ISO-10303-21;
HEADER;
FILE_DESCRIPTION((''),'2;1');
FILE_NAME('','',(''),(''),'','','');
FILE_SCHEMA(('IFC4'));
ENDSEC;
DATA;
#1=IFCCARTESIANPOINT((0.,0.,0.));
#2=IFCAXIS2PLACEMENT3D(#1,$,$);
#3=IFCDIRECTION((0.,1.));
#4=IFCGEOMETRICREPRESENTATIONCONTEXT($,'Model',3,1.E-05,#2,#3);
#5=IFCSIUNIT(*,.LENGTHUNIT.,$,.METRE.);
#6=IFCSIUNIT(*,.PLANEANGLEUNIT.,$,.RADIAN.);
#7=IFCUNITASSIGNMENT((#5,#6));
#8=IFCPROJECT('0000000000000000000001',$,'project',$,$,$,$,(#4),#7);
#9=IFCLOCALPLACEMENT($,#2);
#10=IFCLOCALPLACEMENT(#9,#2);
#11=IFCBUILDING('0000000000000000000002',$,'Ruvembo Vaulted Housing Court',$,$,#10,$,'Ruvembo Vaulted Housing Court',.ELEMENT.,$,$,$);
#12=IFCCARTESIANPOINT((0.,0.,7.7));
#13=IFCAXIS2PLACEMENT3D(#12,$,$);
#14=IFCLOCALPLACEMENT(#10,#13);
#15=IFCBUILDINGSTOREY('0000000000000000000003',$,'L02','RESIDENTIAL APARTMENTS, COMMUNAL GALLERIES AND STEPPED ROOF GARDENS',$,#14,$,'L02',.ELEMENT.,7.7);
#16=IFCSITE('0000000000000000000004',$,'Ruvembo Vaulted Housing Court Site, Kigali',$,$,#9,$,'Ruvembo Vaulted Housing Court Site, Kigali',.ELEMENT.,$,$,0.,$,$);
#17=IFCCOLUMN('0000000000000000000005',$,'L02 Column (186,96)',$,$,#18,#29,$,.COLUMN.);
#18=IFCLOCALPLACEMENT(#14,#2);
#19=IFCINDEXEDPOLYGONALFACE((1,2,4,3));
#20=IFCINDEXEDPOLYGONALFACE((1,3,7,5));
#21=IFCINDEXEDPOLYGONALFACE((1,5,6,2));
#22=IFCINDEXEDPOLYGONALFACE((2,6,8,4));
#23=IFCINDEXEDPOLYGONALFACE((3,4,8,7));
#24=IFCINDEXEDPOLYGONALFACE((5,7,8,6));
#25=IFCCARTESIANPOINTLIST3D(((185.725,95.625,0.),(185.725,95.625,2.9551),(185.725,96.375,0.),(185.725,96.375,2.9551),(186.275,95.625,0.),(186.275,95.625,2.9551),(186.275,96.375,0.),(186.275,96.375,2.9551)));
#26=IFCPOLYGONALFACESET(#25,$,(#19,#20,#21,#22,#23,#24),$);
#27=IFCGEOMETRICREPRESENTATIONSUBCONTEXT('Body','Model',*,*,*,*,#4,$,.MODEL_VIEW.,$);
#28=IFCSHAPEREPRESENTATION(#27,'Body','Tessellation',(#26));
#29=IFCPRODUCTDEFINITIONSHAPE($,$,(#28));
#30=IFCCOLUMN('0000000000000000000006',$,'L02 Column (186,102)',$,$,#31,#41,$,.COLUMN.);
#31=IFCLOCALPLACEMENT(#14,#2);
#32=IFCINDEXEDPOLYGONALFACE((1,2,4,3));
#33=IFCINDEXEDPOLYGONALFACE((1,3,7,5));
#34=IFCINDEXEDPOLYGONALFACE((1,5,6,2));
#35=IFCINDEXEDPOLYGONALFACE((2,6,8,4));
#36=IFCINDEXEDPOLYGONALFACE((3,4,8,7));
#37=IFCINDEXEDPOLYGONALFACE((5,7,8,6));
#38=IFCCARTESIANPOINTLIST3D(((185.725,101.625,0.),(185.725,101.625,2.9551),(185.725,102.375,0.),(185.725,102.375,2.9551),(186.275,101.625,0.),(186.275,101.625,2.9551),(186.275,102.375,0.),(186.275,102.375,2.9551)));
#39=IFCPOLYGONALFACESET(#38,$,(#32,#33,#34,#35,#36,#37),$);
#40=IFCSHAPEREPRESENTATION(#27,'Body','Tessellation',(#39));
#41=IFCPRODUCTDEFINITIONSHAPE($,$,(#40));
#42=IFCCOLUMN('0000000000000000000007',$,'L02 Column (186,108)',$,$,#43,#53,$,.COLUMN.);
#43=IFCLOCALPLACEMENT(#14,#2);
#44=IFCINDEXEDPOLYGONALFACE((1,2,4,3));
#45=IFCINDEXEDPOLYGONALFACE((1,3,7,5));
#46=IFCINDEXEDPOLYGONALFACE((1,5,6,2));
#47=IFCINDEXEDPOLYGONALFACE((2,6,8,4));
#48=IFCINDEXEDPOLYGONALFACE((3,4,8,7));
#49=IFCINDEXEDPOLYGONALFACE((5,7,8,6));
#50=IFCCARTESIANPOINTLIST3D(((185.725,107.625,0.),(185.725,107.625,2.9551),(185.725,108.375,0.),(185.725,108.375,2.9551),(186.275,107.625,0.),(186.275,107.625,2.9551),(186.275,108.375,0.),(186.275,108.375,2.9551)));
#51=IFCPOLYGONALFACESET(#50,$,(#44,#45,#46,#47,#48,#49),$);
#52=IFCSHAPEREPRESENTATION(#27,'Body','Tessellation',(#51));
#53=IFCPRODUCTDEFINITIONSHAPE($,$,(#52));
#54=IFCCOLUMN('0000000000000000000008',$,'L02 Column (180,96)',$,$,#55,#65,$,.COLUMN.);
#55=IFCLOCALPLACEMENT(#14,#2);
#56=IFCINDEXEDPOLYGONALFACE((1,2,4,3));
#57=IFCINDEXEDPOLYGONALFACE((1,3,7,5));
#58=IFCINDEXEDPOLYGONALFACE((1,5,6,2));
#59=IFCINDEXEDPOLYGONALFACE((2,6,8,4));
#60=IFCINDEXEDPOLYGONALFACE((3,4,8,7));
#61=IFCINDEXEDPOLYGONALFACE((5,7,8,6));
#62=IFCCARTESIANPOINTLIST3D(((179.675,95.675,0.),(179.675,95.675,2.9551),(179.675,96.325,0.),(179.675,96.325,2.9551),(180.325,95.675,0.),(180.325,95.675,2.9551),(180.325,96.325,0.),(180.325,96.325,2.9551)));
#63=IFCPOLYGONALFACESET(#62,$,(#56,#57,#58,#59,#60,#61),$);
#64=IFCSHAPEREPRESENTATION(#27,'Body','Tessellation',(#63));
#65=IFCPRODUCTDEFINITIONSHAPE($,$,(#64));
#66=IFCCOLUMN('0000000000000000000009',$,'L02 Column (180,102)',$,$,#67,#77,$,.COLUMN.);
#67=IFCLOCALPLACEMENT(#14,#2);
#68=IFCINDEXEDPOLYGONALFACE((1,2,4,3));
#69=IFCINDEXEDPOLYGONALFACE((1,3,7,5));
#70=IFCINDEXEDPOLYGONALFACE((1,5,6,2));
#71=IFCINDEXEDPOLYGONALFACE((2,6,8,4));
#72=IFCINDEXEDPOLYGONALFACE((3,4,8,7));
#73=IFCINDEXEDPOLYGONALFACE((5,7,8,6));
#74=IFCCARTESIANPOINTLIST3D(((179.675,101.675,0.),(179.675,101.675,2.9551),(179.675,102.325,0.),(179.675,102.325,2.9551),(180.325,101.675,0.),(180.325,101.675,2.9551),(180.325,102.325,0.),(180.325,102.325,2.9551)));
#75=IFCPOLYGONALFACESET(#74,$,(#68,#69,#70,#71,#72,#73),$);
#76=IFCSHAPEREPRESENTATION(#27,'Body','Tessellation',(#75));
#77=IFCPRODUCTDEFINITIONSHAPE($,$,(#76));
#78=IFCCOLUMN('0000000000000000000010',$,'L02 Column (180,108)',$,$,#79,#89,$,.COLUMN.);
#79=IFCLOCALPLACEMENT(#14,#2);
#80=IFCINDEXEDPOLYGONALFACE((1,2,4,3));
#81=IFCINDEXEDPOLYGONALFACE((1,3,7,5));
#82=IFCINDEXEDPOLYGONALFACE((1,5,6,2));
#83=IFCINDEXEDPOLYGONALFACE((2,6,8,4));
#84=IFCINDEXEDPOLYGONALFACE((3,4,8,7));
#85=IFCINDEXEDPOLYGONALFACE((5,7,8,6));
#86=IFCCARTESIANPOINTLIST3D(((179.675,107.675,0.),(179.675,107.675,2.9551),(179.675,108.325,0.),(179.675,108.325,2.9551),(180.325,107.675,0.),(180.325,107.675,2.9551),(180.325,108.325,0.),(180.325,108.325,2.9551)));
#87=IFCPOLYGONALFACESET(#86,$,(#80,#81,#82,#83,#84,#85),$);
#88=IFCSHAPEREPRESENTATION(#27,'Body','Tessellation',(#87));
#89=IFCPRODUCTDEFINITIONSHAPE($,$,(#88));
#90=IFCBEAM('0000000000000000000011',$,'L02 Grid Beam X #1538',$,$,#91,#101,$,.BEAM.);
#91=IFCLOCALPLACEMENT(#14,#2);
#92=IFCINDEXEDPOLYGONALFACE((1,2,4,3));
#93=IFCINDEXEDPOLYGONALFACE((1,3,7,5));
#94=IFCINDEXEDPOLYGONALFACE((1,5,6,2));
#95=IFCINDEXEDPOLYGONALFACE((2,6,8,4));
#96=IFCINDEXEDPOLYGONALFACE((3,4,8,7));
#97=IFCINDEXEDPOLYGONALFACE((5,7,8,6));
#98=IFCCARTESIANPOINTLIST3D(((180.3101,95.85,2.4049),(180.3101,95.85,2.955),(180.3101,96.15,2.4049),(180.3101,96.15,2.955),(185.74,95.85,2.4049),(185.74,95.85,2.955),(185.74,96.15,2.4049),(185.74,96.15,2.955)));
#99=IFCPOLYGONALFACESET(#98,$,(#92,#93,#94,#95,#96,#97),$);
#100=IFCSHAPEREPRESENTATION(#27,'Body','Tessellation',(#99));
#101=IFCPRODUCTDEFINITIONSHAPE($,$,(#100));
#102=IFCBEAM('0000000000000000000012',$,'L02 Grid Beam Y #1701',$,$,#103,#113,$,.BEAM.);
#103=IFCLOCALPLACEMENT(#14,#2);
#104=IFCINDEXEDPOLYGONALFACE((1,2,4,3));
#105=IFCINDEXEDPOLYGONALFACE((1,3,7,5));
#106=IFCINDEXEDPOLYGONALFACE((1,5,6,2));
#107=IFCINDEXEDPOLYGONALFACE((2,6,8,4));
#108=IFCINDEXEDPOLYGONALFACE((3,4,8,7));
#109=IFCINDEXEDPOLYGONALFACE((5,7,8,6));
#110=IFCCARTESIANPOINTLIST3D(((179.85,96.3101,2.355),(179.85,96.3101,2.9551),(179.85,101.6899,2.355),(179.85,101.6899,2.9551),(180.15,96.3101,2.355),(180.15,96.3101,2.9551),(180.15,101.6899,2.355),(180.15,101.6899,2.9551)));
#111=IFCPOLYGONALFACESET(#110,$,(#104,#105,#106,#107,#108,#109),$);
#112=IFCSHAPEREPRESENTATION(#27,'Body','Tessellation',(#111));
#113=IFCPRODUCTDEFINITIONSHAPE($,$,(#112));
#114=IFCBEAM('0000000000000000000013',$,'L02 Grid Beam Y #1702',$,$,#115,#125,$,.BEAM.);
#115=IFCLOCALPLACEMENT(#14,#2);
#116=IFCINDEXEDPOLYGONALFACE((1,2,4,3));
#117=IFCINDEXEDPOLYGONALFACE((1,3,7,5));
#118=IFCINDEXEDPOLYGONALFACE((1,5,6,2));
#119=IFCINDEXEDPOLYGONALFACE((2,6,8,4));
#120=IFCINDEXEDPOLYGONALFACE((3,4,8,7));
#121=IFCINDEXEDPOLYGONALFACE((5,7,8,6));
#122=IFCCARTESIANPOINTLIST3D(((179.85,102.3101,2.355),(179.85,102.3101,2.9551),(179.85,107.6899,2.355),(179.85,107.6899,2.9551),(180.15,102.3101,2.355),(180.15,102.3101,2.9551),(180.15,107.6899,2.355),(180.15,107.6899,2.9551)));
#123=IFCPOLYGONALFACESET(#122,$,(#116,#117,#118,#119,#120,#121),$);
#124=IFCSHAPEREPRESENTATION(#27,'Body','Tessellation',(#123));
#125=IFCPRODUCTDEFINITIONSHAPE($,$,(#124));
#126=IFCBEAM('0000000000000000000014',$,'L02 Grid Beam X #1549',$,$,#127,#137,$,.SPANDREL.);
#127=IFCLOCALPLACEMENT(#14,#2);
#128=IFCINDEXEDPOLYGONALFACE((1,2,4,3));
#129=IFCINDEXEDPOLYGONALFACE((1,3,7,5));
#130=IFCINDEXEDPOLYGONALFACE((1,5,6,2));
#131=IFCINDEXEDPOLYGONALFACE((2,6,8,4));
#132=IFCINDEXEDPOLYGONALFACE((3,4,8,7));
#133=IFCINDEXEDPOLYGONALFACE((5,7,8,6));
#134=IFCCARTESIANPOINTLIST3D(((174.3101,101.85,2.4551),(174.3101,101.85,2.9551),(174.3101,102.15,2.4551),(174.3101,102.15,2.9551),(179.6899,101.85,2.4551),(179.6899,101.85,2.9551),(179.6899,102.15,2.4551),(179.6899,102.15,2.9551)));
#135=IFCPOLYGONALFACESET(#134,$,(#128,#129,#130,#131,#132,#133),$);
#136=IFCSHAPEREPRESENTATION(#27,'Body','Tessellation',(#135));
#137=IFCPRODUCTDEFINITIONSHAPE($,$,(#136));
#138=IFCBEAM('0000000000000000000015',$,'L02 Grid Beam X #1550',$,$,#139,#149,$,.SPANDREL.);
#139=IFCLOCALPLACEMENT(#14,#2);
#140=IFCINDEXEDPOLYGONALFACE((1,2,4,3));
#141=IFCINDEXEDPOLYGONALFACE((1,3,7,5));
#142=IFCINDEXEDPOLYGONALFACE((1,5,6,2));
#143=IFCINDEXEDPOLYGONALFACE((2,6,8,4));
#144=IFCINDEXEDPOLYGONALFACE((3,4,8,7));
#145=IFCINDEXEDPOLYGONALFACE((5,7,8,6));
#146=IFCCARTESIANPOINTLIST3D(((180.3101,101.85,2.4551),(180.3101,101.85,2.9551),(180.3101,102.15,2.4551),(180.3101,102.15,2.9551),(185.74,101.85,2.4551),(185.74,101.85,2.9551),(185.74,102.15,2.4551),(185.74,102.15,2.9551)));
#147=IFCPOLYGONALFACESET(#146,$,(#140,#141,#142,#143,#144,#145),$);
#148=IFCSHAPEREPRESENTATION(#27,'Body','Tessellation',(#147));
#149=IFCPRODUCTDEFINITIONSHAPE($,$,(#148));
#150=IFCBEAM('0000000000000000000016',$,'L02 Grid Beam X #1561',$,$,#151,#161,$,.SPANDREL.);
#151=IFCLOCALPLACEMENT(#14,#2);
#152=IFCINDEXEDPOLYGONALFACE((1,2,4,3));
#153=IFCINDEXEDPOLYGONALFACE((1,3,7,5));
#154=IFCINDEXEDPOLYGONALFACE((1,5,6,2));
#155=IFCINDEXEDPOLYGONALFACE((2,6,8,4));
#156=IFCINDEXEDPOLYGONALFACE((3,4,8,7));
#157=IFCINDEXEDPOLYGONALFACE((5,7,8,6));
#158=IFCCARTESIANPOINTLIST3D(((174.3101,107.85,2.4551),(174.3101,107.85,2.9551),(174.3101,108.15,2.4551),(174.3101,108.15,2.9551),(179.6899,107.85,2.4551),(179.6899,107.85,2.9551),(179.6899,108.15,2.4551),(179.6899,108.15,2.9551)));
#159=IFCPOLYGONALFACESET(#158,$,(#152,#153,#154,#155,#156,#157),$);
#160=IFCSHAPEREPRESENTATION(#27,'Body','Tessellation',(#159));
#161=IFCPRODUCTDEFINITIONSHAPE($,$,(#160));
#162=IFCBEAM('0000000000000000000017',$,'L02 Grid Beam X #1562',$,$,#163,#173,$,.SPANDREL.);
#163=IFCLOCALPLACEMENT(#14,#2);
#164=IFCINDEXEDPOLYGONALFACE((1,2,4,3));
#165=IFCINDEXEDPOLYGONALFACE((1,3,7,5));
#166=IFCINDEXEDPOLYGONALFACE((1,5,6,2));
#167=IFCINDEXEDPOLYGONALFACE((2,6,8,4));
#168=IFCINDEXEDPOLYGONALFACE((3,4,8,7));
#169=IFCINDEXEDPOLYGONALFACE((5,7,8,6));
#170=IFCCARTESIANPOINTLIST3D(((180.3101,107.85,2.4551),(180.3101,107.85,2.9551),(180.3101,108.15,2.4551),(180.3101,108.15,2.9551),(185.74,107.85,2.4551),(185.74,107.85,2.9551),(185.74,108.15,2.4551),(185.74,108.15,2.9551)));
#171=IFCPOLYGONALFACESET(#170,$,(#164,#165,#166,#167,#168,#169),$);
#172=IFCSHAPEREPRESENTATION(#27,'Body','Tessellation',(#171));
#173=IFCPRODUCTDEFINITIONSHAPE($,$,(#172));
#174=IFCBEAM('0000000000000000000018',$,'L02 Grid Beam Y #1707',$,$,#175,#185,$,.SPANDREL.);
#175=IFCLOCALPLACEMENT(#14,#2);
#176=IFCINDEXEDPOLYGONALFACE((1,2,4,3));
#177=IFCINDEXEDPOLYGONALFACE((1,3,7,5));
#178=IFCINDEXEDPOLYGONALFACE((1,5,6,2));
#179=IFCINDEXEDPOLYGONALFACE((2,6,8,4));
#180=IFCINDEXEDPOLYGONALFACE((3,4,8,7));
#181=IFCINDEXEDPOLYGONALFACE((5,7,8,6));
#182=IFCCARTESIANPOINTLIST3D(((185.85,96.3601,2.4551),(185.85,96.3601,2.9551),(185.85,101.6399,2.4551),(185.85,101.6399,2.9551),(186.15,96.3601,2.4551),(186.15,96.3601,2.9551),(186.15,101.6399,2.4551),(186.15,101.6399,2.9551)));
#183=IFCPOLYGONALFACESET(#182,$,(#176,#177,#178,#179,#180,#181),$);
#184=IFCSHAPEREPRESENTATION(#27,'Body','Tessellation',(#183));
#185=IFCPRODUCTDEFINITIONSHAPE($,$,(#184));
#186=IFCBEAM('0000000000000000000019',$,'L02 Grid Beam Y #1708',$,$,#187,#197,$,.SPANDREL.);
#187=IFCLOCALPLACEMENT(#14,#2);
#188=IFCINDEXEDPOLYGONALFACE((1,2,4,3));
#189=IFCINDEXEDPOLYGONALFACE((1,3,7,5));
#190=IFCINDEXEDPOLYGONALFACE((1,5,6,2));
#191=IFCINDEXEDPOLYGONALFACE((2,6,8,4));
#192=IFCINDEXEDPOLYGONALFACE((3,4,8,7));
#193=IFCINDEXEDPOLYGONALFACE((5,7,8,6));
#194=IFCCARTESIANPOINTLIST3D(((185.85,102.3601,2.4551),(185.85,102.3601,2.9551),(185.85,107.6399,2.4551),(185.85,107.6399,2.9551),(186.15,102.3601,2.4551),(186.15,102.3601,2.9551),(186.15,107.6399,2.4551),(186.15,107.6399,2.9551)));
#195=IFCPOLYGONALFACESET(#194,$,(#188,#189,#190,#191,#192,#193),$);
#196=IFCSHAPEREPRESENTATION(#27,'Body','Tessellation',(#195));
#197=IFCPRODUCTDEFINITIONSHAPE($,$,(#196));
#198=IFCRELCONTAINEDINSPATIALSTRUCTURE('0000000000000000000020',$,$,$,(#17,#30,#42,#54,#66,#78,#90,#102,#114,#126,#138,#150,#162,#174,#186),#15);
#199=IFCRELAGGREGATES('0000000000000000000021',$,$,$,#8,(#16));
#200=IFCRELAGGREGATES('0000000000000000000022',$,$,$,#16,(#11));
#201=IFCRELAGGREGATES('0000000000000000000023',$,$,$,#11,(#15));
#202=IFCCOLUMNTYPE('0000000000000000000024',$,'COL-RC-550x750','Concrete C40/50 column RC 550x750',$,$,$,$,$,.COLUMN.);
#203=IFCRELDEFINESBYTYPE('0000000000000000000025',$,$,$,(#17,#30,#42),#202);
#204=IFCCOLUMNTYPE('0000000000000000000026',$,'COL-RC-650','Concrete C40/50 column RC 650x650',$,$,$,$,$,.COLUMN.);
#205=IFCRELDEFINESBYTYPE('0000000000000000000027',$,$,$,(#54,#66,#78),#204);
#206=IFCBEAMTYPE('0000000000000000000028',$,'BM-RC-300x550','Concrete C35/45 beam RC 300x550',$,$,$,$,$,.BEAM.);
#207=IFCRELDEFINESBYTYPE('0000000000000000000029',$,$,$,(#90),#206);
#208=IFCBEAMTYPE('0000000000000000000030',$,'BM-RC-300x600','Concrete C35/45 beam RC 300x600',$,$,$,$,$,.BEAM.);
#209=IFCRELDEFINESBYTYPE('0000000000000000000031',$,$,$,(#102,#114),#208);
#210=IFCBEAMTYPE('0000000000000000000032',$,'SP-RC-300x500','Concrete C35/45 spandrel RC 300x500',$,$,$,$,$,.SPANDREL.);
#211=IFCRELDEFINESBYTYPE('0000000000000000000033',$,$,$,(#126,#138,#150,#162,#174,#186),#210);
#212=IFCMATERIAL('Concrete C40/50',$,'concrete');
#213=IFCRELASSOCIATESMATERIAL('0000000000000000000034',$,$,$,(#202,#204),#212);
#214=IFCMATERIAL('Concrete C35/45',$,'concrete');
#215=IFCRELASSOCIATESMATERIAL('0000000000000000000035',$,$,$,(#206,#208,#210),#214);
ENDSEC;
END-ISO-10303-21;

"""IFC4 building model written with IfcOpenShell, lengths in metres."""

from ifc_helpers import new_model, si_unit, direction, frame, origin, origin_2d, place, context, subcontext, project, spatial, rectangle, extrude, material, material_profile, profile_set, type_object, element, save


model = new_model("IFC4")

# Units and contexts
model_context = context("Model", 3, precision=1e-05, world=origin(), true_north=direction((0.0, 1.0)))
body_context = subcontext(model_context, "Body", "Model", "MODEL_VIEW")
ifc_project = project(units=[si_unit("LENGTHUNIT", "METRE"), si_unit("PLANEANGLEUNIT", "RADIAN")], contexts=[model_context])

# Site, building, storey
site_placement = place(None, origin())
site = spatial("IfcSite", under=ifc_project, at=site_placement, Name="Ruvembo Vaulted Housing Court Site, Kigali", LongName="Ruvembo Vaulted Housing Court Site, Kigali", CompositionType="ELEMENT", RefElevation=0.0)
building_placement = place(site_placement, origin())
building = spatial("IfcBuilding", under=site, at=building_placement, Name="Ruvembo Vaulted Housing Court", LongName="Ruvembo Vaulted Housing Court", CompositionType="ELEMENT")
storey_placement = place(building_placement, frame((0.0, 0.0, 7.7)))
storey = spatial("IfcBuildingStorey", under=building, at=storey_placement, Name="L02", Description="RESIDENTIAL APARTMENTS, COMMUNAL GALLERIES AND STEPPED ROOF GARDENS", LongName="L02", CompositionType="ELEMENT", Elevation=7.7)

# Columns
ifc_material_1 = material(Name="Concrete C40/50", Category="concrete")
ifc_material_profile_1 = material_profile(ifc_material_1, rectangle(XDim=0.55, YDim=0.75, at=origin_2d()), Name="RC 550x750")
ifc_profile_set_1 = profile_set([ifc_material_profile_1], Name="Concrete C40/50")
column_type_1 = type_object("IfcColumnType", Name="COL-RC-550x750", Description="Concrete C40/50 column RC 550x750", PredefinedType="COLUMN", material=ifc_profile_set_1)
for number, where, z_axis, x_axis, name in (
    (1, (186.0, 96.0, 0.0), (0.0, 0.0, 1.0), (1.0, 0.0, 0.0), "L02 Column (186,96)"),
    (2, (186.0, 102.0, 0.0), (0.0, 0.0, 1.0), (1.0, 0.0, 0.0), "L02 Column (186,102)"),
    (3, (186.0, 108.0, 0.0), (0.0, 0.0, 1.0), (1.0, 0.0, 0.0), "L02 Column (186,108)"),
):
    element("IfcColumn", number, at=place(storey_placement, frame(where, z_axis=z_axis, x_axis=x_axis)), inside=storey, type_object=column_type_1, Name=name, PredefinedType="COLUMN", context=body_context, shape_type="SweptSolid", body=[
        extrude(rectangle(XDim=0.55, YDim=0.75, at=origin_2d()), origin(), (0.0, 0.0, 1.0), 2.9551),
    ])
ifc_material_profile_2 = material_profile(ifc_material_1, rectangle(XDim=0.6499, YDim=0.6499, at=origin_2d()), Name="RC 650x650")
ifc_profile_set_2 = profile_set([ifc_material_profile_2], Name="Concrete C40/50")
column_type_2 = type_object("IfcColumnType", Name="COL-RC-650", Description="Concrete C40/50 column RC 650x650", PredefinedType="COLUMN", material=ifc_profile_set_2)
for number, where, z_axis, x_axis, name in (
    (4, (180.0, 96.0, 0.0), (0.0, 0.0, 1.0), (1.0, 0.0, 0.0), "L02 Column (180,96)"),
    (5, (180.0, 102.0, 0.0), (0.0, 0.0, 1.0), (1.0, 0.0, 0.0), "L02 Column (180,102)"),
    (6, (180.0, 108.0, 0.0), (0.0, 0.0, 1.0), (1.0, 0.0, 0.0), "L02 Column (180,108)"),
):
    element("IfcColumn", number, at=place(storey_placement, frame(where, z_axis=z_axis, x_axis=x_axis)), inside=storey, type_object=column_type_2, Name=name, PredefinedType="COLUMN", context=body_context, shape_type="SweptSolid", body=[
        extrude(rectangle(XDim=0.6499, YDim=0.6499, at=origin_2d()), origin(), (0.0, 0.0, 1.0), 2.9551),
    ])

# Beams
ifc_material_2 = material(Name="Concrete C35/45", Category="concrete")
ifc_material_profile_3 = material_profile(ifc_material_2, rectangle(XDim=0.3, YDim=0.55, at=origin_2d()), Name="RC 300x550")
ifc_profile_set_3 = profile_set([ifc_material_profile_3], Name="Concrete C35/45")
beam_type_1 = type_object("IfcBeamType", Name="BM-RC-300x550", Description="Concrete C35/45 beam RC 300x550", PredefinedType="BEAM", material=ifc_profile_set_3)
beam_1_placement = place(storey_placement, frame((180.3101, 96.0, 2.6799), z_axis=(1.0, 0.0, 0.0), x_axis=(0.0, 1.0, 0.0)))
element("IfcBeam", 7, at=beam_1_placement, inside=storey, type_object=beam_type_1, Name="L02 Grid Beam X #1538", PredefinedType="BEAM", context=body_context, shape_type="SweptSolid", body=[
    extrude(rectangle(XDim=0.3, YDim=0.55, at=origin_2d()), origin(), (0.0, 0.0, 1.0), 5.4299),
])
ifc_material_profile_4 = material_profile(ifc_material_2, rectangle(XDim=0.3, YDim=0.6001, at=origin_2d()), Name="RC 300x600")
ifc_profile_set_4 = profile_set([ifc_material_profile_4], Name="Concrete C35/45")
beam_type_2 = type_object("IfcBeamType", Name="BM-RC-300x600", Description="Concrete C35/45 beam RC 300x600", PredefinedType="BEAM", material=ifc_profile_set_4)
for number, where, z_axis, x_axis, name in (
    (8, (180.0, 96.3101, 2.655), (0.0, 1.0, 0.0), (-1.0, 0.0, 0.0), "L02 Grid Beam Y #1701"),
    (9, (180.0, 102.3101, 2.655), (0.0, 1.0, 0.0), (-1.0, 0.0, 0.0), "L02 Grid Beam Y #1702"),
):
    element("IfcBeam", number, at=place(storey_placement, frame(where, z_axis=z_axis, x_axis=x_axis)), inside=storey, type_object=beam_type_2, Name=name, PredefinedType="BEAM", context=body_context, shape_type="SweptSolid", body=[
        extrude(rectangle(XDim=0.3, YDim=0.6001, at=origin_2d()), origin(), (0.0, 0.0, 1.0), 5.3799),
    ])
ifc_material_profile_5 = material_profile(ifc_material_2, rectangle(XDim=0.3, YDim=0.5, at=origin_2d()), Name="RC 300x500")
ifc_profile_set_5 = profile_set([ifc_material_profile_5], Name="Concrete C35/45")
beam_type_3 = type_object("IfcBeamType", Name="SP-RC-300x500", Description="Concrete C35/45 spandrel RC 300x500", PredefinedType="SPANDREL", material=ifc_profile_set_5)
beam_2_placement = place(storey_placement, frame((174.3101, 102.0, 2.7051), z_axis=(1.0, 0.0, 0.0), x_axis=(0.0, 1.0, 0.0)))
element("IfcBeam", 10, at=beam_2_placement, inside=storey, type_object=beam_type_3, Name="L02 Grid Beam X #1549", PredefinedType="SPANDREL", context=body_context, shape_type="SweptSolid", body=[
    extrude(rectangle(XDim=0.3, YDim=0.5, at=origin_2d()), origin(), (0.0, 0.0, 1.0), 5.3799),
])
beam_3_placement = place(storey_placement, frame((180.3101, 102.0, 2.7051), z_axis=(1.0, 0.0, 0.0), x_axis=(0.0, 1.0, 0.0)))
element("IfcBeam", 11, at=beam_3_placement, inside=storey, type_object=beam_type_3, Name="L02 Grid Beam X #1550", PredefinedType="SPANDREL", context=body_context, shape_type="SweptSolid", body=[
    extrude(rectangle(XDim=0.3, YDim=0.5, at=origin_2d()), origin(), (0.0, 0.0, 1.0), 5.4299),
])
beam_4_placement = place(storey_placement, frame((174.3101, 108.0, 2.7051), z_axis=(1.0, 0.0, 0.0), x_axis=(0.0, 1.0, 0.0)))
element("IfcBeam", 12, at=beam_4_placement, inside=storey, type_object=beam_type_3, Name="L02 Grid Beam X #1561", PredefinedType="SPANDREL", context=body_context, shape_type="SweptSolid", body=[
    extrude(rectangle(XDim=0.3, YDim=0.5, at=origin_2d()), origin(), (0.0, 0.0, 1.0), 5.3799),
])
beam_5_placement = place(storey_placement, frame((180.3101, 108.0, 2.7051), z_axis=(1.0, 0.0, 0.0), x_axis=(0.0, 1.0, 0.0)))
element("IfcBeam", 13, at=beam_5_placement, inside=storey, type_object=beam_type_3, Name="L02 Grid Beam X #1562", PredefinedType="SPANDREL", context=body_context, shape_type="SweptSolid", body=[
    extrude(rectangle(XDim=0.3, YDim=0.5, at=origin_2d()), origin(), (0.0, 0.0, 1.0), 5.4299),
])
for number, where, z_axis, x_axis, name in (
    (14, (186.0, 96.3601, 2.7051), (0.0, 1.0, 0.0), (-1.0, 0.0, 0.0), "L02 Grid Beam Y #1707"),
    (15, (186.0, 102.3601, 2.7051), (0.0, 1.0, 0.0), (-1.0, 0.0, 0.0), "L02 Grid Beam Y #1708"),
):
    element("IfcBeam", number, at=place(storey_placement, frame(where, z_axis=z_axis, x_axis=x_axis)), inside=storey, type_object=beam_type_3, Name=name, PredefinedType="SPANDREL", context=body_context, shape_type="SweptSolid", body=[
        extrude(rectangle(XDim=0.3, YDim=0.5, at=origin_2d()), origin(), (0.0, 0.0, 1.0), 5.2798),
    ])

save(model, "model.ifc")
